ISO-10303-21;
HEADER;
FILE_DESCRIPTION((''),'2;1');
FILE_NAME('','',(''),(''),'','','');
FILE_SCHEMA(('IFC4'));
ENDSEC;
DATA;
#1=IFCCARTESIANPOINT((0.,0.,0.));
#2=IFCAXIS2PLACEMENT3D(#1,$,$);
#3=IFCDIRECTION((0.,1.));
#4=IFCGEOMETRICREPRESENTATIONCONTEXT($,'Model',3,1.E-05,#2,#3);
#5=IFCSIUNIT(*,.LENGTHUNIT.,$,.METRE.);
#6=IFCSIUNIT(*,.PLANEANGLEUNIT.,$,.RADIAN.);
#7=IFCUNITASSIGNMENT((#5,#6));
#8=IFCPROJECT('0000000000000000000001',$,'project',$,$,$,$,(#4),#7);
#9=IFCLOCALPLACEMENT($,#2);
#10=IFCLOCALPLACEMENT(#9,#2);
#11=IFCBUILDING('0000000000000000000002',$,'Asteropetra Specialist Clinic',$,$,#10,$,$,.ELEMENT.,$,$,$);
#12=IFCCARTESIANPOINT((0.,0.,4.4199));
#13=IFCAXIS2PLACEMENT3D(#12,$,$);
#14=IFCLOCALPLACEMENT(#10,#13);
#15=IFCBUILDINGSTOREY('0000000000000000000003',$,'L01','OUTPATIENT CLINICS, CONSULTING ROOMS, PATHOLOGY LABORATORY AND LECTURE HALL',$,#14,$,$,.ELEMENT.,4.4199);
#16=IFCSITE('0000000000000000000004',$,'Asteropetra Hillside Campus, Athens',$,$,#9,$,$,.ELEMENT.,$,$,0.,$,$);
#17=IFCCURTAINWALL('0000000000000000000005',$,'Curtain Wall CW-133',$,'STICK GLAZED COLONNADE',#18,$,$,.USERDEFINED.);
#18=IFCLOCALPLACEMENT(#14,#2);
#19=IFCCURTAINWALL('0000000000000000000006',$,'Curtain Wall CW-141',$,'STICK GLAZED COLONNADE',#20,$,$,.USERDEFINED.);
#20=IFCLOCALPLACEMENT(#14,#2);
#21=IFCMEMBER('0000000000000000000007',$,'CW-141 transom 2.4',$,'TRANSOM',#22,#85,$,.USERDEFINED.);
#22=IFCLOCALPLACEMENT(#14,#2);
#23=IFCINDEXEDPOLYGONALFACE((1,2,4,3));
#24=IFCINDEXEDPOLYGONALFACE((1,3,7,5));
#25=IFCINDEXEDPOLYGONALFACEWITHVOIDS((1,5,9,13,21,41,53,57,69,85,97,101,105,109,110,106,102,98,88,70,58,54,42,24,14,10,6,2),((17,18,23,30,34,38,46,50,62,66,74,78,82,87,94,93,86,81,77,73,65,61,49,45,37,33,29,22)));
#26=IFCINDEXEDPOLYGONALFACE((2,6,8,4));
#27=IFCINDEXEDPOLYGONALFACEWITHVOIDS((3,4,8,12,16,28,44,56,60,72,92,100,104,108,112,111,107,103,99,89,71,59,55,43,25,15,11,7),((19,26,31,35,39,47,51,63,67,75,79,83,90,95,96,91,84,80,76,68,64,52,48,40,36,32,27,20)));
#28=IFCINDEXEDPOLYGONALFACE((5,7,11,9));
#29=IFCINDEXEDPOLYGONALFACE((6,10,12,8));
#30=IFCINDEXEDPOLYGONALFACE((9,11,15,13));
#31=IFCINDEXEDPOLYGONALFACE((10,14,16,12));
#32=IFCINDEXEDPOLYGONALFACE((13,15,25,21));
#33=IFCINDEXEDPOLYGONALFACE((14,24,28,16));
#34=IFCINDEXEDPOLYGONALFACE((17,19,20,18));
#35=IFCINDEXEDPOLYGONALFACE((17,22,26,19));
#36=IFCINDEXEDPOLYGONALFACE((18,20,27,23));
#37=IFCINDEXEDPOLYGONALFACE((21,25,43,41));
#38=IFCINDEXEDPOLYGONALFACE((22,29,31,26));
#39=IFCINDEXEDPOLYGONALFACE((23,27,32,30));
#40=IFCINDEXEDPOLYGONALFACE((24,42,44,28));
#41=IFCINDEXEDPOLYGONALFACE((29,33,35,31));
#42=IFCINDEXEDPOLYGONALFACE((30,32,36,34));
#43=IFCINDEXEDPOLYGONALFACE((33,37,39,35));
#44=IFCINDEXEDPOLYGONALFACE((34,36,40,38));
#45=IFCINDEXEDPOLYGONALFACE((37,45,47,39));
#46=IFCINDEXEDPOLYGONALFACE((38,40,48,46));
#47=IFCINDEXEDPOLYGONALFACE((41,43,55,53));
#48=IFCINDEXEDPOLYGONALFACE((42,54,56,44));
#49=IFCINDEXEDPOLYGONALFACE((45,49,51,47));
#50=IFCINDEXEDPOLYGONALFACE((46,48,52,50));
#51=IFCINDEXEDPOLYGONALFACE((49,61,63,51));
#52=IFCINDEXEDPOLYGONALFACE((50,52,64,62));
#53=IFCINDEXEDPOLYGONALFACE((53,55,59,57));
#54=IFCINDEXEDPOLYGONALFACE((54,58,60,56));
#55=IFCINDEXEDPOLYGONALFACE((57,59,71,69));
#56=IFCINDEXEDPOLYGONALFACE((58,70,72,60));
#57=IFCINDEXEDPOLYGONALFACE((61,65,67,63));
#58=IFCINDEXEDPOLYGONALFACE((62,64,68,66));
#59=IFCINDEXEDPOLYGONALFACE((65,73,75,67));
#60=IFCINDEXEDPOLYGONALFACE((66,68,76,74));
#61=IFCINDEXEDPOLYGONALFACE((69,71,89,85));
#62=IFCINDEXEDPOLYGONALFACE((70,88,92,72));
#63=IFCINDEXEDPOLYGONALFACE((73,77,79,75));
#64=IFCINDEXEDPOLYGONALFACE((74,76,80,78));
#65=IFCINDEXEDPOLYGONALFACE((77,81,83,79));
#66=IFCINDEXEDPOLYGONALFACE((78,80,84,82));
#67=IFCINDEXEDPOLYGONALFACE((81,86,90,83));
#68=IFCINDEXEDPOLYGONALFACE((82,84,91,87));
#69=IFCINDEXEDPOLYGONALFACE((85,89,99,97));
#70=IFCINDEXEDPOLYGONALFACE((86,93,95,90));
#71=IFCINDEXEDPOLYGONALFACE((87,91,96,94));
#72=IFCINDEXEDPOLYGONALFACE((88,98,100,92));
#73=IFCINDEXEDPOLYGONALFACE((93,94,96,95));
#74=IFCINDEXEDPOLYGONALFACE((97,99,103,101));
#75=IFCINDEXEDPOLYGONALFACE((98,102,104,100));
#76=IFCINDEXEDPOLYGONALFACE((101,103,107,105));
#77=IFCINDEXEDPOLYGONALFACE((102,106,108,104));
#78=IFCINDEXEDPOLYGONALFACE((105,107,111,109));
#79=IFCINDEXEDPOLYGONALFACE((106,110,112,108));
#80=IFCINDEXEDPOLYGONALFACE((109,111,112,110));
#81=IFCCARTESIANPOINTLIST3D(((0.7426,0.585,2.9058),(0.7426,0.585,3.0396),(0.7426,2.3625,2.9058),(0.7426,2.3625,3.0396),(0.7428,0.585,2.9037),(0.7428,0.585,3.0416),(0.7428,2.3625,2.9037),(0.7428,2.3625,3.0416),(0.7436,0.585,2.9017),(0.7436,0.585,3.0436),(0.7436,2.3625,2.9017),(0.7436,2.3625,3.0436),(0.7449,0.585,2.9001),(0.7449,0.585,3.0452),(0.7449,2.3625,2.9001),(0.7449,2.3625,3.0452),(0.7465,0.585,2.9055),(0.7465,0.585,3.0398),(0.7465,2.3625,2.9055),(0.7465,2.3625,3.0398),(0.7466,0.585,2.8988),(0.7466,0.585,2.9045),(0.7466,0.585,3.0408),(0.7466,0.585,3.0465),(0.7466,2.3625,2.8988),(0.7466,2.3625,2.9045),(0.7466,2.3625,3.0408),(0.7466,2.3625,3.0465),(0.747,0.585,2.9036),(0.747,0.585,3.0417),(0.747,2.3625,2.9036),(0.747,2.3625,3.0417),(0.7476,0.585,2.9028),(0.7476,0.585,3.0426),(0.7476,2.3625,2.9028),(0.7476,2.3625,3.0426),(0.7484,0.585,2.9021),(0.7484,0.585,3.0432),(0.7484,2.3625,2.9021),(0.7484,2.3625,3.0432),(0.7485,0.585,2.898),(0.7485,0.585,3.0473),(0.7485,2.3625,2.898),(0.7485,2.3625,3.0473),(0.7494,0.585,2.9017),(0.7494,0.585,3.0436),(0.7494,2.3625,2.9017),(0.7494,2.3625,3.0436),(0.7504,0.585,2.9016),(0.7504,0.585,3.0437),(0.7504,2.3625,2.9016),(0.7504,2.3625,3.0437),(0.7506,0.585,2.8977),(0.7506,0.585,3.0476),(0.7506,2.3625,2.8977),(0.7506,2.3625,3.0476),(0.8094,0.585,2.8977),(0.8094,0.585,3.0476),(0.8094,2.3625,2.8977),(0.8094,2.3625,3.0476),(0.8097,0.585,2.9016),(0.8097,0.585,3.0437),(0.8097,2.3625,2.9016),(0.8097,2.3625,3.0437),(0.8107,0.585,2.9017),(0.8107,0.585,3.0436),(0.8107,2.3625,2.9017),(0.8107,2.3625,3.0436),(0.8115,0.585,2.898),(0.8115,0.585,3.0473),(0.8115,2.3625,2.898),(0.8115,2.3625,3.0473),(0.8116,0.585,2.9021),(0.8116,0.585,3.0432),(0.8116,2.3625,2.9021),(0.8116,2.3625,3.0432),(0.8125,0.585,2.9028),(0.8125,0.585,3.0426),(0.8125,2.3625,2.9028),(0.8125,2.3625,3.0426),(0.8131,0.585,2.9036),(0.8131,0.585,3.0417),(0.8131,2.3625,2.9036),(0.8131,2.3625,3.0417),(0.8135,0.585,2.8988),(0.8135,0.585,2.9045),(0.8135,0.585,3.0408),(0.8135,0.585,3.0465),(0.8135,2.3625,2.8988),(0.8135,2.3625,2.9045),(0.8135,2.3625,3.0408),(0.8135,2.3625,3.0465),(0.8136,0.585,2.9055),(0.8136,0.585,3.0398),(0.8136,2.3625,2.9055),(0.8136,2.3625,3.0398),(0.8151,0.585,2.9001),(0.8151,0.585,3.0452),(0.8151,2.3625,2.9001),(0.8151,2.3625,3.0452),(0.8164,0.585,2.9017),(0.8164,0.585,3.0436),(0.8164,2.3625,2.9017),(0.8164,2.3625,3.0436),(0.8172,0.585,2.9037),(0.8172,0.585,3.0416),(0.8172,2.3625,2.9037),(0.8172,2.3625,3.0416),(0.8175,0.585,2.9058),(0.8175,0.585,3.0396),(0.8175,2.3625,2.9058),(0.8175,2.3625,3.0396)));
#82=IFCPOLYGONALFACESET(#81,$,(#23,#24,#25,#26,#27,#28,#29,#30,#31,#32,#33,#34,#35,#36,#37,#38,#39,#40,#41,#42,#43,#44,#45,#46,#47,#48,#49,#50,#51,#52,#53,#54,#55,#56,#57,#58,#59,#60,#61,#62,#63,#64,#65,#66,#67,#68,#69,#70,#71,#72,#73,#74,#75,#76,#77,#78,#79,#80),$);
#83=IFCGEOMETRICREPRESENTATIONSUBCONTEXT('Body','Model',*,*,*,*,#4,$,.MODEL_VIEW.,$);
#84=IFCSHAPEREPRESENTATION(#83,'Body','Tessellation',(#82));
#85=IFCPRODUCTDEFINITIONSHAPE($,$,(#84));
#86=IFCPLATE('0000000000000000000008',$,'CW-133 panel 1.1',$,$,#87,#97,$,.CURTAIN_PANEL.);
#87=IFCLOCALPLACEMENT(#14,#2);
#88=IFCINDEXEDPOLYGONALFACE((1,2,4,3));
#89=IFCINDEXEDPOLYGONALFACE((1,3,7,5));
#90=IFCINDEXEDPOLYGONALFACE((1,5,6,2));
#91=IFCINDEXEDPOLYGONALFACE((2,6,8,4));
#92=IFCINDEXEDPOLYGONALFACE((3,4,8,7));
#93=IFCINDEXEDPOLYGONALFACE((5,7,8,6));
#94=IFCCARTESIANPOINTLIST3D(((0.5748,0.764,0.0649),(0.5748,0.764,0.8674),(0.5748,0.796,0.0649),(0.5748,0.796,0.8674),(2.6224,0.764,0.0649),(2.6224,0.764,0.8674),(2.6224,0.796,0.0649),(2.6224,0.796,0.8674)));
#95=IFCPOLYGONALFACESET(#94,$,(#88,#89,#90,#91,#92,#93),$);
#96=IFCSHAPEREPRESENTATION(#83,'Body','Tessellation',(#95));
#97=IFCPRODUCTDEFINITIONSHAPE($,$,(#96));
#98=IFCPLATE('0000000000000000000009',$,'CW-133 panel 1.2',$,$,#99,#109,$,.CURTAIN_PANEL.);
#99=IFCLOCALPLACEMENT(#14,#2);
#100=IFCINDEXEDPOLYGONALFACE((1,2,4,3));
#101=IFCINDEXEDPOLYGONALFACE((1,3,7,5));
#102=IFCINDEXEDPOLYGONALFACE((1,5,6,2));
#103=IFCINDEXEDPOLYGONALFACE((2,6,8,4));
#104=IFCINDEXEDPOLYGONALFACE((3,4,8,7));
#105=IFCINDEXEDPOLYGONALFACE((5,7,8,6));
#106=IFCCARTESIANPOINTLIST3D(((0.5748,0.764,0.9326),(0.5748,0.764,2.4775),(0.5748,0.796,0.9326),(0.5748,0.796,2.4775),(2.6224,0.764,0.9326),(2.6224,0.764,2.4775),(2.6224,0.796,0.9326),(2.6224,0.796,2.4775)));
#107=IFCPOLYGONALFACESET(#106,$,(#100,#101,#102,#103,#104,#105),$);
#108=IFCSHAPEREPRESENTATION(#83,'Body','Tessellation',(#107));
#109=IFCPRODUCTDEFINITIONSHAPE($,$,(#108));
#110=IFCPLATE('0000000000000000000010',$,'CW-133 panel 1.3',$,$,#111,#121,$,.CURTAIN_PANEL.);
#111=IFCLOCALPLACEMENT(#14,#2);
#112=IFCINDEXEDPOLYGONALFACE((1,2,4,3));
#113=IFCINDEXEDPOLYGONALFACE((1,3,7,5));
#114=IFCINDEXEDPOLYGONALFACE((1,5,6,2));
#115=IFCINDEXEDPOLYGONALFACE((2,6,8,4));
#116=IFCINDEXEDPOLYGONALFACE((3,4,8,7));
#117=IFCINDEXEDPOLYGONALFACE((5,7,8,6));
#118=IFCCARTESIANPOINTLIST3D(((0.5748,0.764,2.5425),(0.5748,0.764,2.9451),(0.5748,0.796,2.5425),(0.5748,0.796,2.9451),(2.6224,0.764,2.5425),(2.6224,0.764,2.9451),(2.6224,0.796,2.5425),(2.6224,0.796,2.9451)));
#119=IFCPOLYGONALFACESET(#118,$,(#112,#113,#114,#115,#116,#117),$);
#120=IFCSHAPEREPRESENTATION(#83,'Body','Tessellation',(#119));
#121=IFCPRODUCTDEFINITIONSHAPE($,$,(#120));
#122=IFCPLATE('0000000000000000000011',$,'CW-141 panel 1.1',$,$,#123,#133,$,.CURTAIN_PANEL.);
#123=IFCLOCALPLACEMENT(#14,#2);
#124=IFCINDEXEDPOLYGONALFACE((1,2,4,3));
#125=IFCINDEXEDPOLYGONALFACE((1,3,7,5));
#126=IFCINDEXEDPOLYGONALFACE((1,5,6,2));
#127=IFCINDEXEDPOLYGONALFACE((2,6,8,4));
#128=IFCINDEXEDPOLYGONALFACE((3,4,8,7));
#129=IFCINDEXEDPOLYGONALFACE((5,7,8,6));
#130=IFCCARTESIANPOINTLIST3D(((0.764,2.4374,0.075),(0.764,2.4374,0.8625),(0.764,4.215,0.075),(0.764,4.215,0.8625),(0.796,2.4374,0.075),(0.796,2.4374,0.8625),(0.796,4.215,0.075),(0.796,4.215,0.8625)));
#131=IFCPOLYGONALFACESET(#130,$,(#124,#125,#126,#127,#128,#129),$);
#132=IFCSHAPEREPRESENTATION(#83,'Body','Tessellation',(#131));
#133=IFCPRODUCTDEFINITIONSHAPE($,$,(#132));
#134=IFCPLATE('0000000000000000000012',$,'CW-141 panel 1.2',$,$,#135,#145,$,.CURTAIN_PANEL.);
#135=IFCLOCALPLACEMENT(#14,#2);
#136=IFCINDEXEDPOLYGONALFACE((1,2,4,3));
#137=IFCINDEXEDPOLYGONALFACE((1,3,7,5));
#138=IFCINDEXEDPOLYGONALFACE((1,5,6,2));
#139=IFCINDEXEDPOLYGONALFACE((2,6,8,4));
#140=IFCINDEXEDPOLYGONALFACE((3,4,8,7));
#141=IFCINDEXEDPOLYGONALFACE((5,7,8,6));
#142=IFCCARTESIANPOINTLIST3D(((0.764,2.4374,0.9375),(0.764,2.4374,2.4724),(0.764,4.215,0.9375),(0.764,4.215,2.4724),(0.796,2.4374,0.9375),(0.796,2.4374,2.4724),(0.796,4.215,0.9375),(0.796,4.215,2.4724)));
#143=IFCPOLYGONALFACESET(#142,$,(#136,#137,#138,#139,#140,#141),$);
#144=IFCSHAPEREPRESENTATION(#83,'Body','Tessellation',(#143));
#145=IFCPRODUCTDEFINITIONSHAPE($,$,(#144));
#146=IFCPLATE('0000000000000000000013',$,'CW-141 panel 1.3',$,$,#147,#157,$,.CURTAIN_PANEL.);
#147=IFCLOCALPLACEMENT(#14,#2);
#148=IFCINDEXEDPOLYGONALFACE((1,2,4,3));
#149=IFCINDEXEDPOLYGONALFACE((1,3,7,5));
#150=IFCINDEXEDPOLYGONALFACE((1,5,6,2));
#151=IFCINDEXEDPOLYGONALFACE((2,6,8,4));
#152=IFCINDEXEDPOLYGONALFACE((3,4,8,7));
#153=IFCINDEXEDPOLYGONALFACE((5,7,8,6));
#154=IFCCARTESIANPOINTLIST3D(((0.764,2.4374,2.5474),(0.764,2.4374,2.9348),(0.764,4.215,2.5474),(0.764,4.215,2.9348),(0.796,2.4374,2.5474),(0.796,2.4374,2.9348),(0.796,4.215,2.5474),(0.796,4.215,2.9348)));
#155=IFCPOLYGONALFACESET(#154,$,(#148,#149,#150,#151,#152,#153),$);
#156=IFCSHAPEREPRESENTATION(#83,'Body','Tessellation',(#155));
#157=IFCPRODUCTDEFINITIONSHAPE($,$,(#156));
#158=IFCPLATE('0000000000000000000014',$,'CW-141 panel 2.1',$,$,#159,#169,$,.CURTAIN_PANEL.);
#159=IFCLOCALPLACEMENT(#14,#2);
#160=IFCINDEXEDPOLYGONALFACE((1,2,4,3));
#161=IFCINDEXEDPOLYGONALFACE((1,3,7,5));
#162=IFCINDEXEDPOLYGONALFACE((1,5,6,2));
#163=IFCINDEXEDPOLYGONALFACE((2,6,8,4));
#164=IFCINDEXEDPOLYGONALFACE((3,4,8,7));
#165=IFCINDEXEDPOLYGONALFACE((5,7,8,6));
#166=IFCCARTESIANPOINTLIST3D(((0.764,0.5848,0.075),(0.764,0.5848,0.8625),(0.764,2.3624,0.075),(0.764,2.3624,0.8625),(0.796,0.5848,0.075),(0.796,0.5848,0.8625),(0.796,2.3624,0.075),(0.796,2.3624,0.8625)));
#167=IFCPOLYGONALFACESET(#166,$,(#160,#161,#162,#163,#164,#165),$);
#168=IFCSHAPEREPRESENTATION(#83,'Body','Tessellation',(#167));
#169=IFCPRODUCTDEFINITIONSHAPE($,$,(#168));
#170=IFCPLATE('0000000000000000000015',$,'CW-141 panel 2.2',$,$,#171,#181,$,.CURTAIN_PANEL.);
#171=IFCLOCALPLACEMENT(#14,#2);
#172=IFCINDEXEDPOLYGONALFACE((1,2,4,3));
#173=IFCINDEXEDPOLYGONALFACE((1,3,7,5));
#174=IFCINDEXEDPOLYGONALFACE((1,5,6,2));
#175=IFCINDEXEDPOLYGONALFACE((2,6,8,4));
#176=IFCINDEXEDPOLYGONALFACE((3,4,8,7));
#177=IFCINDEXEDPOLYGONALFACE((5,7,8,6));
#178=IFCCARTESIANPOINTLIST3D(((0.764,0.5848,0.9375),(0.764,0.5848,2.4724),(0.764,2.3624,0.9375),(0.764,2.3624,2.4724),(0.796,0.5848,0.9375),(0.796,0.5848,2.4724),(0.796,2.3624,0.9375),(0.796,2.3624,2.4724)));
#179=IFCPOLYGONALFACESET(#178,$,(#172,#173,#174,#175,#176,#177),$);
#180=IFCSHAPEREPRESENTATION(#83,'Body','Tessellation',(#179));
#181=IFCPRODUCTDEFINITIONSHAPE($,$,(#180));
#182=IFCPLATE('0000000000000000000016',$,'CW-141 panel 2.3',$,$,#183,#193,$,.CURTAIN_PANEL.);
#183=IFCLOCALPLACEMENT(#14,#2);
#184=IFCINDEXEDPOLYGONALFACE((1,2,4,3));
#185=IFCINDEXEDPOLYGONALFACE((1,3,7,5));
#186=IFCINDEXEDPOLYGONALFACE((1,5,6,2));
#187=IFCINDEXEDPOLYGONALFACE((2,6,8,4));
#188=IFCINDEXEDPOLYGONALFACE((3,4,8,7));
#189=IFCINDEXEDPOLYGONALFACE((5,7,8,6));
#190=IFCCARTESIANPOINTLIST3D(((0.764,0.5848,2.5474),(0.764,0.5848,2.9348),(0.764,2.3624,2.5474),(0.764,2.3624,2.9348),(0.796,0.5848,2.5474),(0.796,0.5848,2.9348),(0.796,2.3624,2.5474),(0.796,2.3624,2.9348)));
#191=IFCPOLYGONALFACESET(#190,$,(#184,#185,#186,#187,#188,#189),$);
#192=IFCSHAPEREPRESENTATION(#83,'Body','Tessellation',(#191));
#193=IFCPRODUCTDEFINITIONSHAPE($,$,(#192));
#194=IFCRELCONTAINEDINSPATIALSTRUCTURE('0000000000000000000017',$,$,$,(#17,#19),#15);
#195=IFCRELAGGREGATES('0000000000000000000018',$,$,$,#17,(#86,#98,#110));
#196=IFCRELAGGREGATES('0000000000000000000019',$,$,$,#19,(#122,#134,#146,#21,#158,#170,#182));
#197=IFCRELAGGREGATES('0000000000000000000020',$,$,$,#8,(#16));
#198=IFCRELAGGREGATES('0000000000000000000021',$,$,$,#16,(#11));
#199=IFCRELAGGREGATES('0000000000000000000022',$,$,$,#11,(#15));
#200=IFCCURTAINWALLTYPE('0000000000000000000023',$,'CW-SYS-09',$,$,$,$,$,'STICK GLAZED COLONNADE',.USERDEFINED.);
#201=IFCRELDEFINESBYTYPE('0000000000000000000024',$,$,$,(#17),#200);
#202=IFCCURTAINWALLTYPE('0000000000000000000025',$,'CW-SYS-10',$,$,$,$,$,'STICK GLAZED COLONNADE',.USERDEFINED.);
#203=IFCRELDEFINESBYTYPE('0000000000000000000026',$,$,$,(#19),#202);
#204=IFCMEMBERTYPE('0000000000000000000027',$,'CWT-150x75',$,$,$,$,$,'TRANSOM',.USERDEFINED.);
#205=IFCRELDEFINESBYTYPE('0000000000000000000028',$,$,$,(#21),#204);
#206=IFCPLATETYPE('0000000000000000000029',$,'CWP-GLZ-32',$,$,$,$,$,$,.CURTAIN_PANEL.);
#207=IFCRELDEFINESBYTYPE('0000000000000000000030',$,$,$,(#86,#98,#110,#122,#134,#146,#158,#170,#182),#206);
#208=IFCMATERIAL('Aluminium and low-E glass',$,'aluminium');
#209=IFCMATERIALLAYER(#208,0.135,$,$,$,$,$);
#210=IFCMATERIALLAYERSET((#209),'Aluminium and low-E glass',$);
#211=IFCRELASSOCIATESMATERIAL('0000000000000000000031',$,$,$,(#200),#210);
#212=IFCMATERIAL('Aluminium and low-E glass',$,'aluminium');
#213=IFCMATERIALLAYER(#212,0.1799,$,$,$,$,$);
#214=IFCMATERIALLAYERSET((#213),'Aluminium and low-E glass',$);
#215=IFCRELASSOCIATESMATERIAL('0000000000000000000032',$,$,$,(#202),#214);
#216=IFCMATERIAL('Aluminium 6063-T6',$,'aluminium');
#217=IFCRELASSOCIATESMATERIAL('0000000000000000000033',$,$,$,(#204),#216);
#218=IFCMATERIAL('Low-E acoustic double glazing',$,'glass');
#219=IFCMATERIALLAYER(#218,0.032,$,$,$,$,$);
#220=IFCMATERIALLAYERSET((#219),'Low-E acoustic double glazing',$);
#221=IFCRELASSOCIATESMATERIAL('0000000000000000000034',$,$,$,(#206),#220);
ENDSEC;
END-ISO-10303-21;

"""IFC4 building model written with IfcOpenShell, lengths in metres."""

from ifc_helpers import new_model, si_unit, direction, frame, origin, origin_2d, place, context, subcontext, project, spatial, rectangle, hollow_rectangle, extrude, material, layer, layer_set, material_profile, profile_set, type_object, element, aggregate, save


model = new_model("IFC4")

# Units and contexts
model_context = context("Model", 3, precision=1e-05, world=origin(), true_north=direction((0.0, 1.0)))
body_context = subcontext(model_context, "Body", "Model", "MODEL_VIEW")
ifc_project = project(units=[si_unit("LENGTHUNIT", "METRE"), si_unit("PLANEANGLEUNIT", "RADIAN")], contexts=[model_context])

# Site, building, storey
site_placement = place(None, origin())
site = spatial("IfcSite", under=ifc_project, at=site_placement, Name="Asteropetra Hillside Campus, Athens", CompositionType="ELEMENT", RefElevation=0.0)
building_placement = place(site_placement, origin())
building = spatial("IfcBuilding", under=site, at=building_placement, Name="Asteropetra Specialist Clinic", CompositionType="ELEMENT")
storey_placement = place(building_placement, frame((0.0, 0.0, 4.4199)))
storey = spatial("IfcBuildingStorey", under=building, at=storey_placement, Name="L01", Description="OUTPATIENT CLINICS, CONSULTING ROOMS, PATHOLOGY LABORATORY AND LECTURE HALL", CompositionType="ELEMENT", Elevation=4.4199)

# Curtain wall
ifc_material_1 = material(Name="Aluminium and low-E glass", Category="aluminium")
ifc_layer_1 = layer(ifc_material_1, 0.135)
ifc_layer_set_1 = layer_set([ifc_layer_1], Name="Aluminium and low-E glass")
curtain_wall_type_1 = type_object("IfcCurtainWallType", Name="CW-SYS-09", ElementType="STICK GLAZED COLONNADE", PredefinedType="USERDEFINED", material=ifc_layer_set_1)
curtain_wall_1_placement = place(storey_placement, origin())
curtain_wall_1 = element("IfcCurtainWall", 1, at=curtain_wall_1_placement, inside=storey, type_object=curtain_wall_type_1, Name="Curtain Wall CW-133", ObjectType="STICK GLAZED COLONNADE", PredefinedType="USERDEFINED")

# Curtain wall
ifc_material_2 = material(Name="Aluminium and low-E glass", Category="aluminium")
ifc_layer_2 = layer(ifc_material_2, 0.1799)
ifc_layer_set_2 = layer_set([ifc_layer_2], Name="Aluminium and low-E glass")
curtain_wall_type_2 = type_object("IfcCurtainWallType", Name="CW-SYS-10", ElementType="STICK GLAZED COLONNADE", PredefinedType="USERDEFINED", material=ifc_layer_set_2)
curtain_wall_2_placement = place(storey_placement, origin())
curtain_wall_2 = element("IfcCurtainWall", 2, at=curtain_wall_2_placement, inside=storey, type_object=curtain_wall_type_2, Name="Curtain Wall CW-141", ObjectType="STICK GLAZED COLONNADE", PredefinedType="USERDEFINED")

# Member
ifc_material_3 = material(Name="Aluminium 6063-T6", Category="aluminium")
ifc_material_profile_1 = material_profile(ifc_material_3, hollow_rectangle(XDim=0.075, YDim=0.1499, WallThickness=0.0039, InnerFilletRadius=0.0039, OuterFilletRadius=0.0081, at=origin_2d()), Name="TRN 150x75x4.0")
ifc_profile_set_1 = profile_set([ifc_material_profile_1], Name="Aluminium 6063-T6")
member_type_1 = type_object("IfcMemberType", Name="CWT-150x75", ElementType="TRANSOM", PredefinedType="USERDEFINED", material=ifc_profile_set_1)
member_1_placement = place(storey_placement, frame((0.78, 2.3625, 2.9727), z_axis=(0.0, -1.0, 0.0), x_axis=(1.0, 0.0, 0.0)))
member_1 = element("IfcMember", 3, at=member_1_placement, type_object=member_type_1, Name="CW-141 transom 2.4", ObjectType="TRANSOM", PredefinedType="USERDEFINED", context=body_context, shape_type="SweptSolid", body=[
    extrude(hollow_rectangle(XDim=0.075, YDim=0.1499, WallThickness=0.0039, InnerFilletRadius=0.0039, OuterFilletRadius=0.0081, at=origin_2d()), origin(), (0.0, 0.0, 1.0), 1.7776),
])

# Plates
ifc_material_4 = material(Name="Low-E acoustic double glazing", Category="glass")
ifc_layer_3 = layer(ifc_material_4, 0.032)
ifc_layer_set_3 = layer_set([ifc_layer_3], Name="Low-E acoustic double glazing")
plate_type = type_object("IfcPlateType", Name="CWP-GLZ-32", PredefinedType="CURTAIN_PANEL", material=ifc_layer_set_3)
plate_1_placement = place(storey_placement, frame((1.5986, 0.78, 0.0649), z_axis=(0.0, 0.0, 1.0), x_axis=(1.0, 0.0, 0.0)))
plate_1 = element("IfcPlate", 4, at=plate_1_placement, type_object=plate_type, Name="CW-133 panel 1.1", PredefinedType="CURTAIN_PANEL", context=body_context, shape_type="SweptSolid", body=[
    extrude(rectangle(XDim=2.0476, YDim=0.032, at=origin_2d()), origin(), (0.0, 0.0, 1.0), 0.8025),
])
plate_2_placement = place(storey_placement, frame((1.5986, 0.78, 0.9326), z_axis=(0.0, 0.0, 1.0), x_axis=(1.0, 0.0, 0.0)))
plate_2 = element("IfcPlate", 5, at=plate_2_placement, type_object=plate_type, Name="CW-133 panel 1.2", PredefinedType="CURTAIN_PANEL", context=body_context, shape_type="SweptSolid", body=[
    extrude(rectangle(XDim=2.0476, YDim=0.032, at=origin_2d()), origin(), (0.0, 0.0, 1.0), 1.5449),
])
plate_3_placement = place(storey_placement, frame((1.5986, 0.78, 2.5425), z_axis=(0.0, 0.0, 1.0), x_axis=(1.0, 0.0, 0.0)))
plate_3 = element("IfcPlate", 6, at=plate_3_placement, type_object=plate_type, Name="CW-133 panel 1.3", PredefinedType="CURTAIN_PANEL", context=body_context, shape_type="SweptSolid", body=[
    extrude(rectangle(XDim=2.0476, YDim=0.032, at=origin_2d()), origin(), (0.0, 0.0, 1.0), 0.4026),
])
aggregate(curtain_wall_1, [plate_1, plate_2, plate_3])
plate_4_placement = place(storey_placement, frame((0.78, 3.3262, 0.075), z_axis=(0.0, 0.0, 1.0), x_axis=(0.0, -1.0, 0.0)))
plate_4 = element("IfcPlate", 7, at=plate_4_placement, type_object=plate_type, Name="CW-141 panel 1.1", PredefinedType="CURTAIN_PANEL", context=body_context, shape_type="SweptSolid", body=[
    extrude(rectangle(XDim=1.7776, YDim=0.032, at=origin_2d()), origin(), (0.0, 0.0, 1.0), 0.7876),
])
plate_5_placement = place(storey_placement, frame((0.78, 3.3262, 0.9375), z_axis=(0.0, 0.0, 1.0), x_axis=(0.0, -1.0, 0.0)))
plate_5 = element("IfcPlate", 8, at=plate_5_placement, type_object=plate_type, Name="CW-141 panel 1.2", PredefinedType="CURTAIN_PANEL", context=body_context, shape_type="SweptSolid", body=[
    extrude(rectangle(XDim=1.7776, YDim=0.032, at=origin_2d()), origin(), (0.0, 0.0, 1.0), 1.5349),
])
plate_6_placement = place(storey_placement, frame((0.78, 3.3262, 2.5474), z_axis=(0.0, 0.0, 1.0), x_axis=(0.0, -1.0, 0.0)))
plate_6 = element("IfcPlate", 9, at=plate_6_placement, type_object=plate_type, Name="CW-141 panel 1.3", PredefinedType="CURTAIN_PANEL", context=body_context, shape_type="SweptSolid", body=[
    extrude(rectangle(XDim=1.7776, YDim=0.032, at=origin_2d()), origin(), (0.0, 0.0, 1.0), 0.3875),
])
plate_7_placement = place(storey_placement, frame((0.78, 1.4736, 0.075), z_axis=(0.0, 0.0, 1.0), x_axis=(0.0, -1.0, 0.0)))
plate_7 = element("IfcPlate", 10, at=plate_7_placement, type_object=plate_type, Name="CW-141 panel 2.1", PredefinedType="CURTAIN_PANEL", context=body_context, shape_type="SweptSolid", body=[
    extrude(rectangle(XDim=1.7776, YDim=0.032, at=origin_2d()), origin(), (0.0, 0.0, 1.0), 0.7876),
])
plate_8_placement = place(storey_placement, frame((0.78, 1.4736, 0.9375), z_axis=(0.0, 0.0, 1.0), x_axis=(0.0, -1.0, 0.0)))
plate_8 = element("IfcPlate", 11, at=plate_8_placement, type_object=plate_type, Name="CW-141 panel 2.2", PredefinedType="CURTAIN_PANEL", context=body_context, shape_type="SweptSolid", body=[
    extrude(rectangle(XDim=1.7776, YDim=0.032, at=origin_2d()), origin(), (0.0, 0.0, 1.0), 1.5349),
])
plate_9_placement = place(storey_placement, frame((0.78, 1.4736, 2.5474), z_axis=(0.0, 0.0, 1.0), x_axis=(0.0, -1.0, 0.0)))
plate_9 = element("IfcPlate", 12, at=plate_9_placement, type_object=plate_type, Name="CW-141 panel 2.3", PredefinedType="CURTAIN_PANEL", context=body_context, shape_type="SweptSolid", body=[
    extrude(rectangle(XDim=1.7776, YDim=0.032, at=origin_2d()), origin(), (0.0, 0.0, 1.0), 0.3875),
])
aggregate(curtain_wall_2, [plate_4, plate_5, plate_6, member_1, plate_7, plate_8, plate_9])

save(model, "model.ifc")
